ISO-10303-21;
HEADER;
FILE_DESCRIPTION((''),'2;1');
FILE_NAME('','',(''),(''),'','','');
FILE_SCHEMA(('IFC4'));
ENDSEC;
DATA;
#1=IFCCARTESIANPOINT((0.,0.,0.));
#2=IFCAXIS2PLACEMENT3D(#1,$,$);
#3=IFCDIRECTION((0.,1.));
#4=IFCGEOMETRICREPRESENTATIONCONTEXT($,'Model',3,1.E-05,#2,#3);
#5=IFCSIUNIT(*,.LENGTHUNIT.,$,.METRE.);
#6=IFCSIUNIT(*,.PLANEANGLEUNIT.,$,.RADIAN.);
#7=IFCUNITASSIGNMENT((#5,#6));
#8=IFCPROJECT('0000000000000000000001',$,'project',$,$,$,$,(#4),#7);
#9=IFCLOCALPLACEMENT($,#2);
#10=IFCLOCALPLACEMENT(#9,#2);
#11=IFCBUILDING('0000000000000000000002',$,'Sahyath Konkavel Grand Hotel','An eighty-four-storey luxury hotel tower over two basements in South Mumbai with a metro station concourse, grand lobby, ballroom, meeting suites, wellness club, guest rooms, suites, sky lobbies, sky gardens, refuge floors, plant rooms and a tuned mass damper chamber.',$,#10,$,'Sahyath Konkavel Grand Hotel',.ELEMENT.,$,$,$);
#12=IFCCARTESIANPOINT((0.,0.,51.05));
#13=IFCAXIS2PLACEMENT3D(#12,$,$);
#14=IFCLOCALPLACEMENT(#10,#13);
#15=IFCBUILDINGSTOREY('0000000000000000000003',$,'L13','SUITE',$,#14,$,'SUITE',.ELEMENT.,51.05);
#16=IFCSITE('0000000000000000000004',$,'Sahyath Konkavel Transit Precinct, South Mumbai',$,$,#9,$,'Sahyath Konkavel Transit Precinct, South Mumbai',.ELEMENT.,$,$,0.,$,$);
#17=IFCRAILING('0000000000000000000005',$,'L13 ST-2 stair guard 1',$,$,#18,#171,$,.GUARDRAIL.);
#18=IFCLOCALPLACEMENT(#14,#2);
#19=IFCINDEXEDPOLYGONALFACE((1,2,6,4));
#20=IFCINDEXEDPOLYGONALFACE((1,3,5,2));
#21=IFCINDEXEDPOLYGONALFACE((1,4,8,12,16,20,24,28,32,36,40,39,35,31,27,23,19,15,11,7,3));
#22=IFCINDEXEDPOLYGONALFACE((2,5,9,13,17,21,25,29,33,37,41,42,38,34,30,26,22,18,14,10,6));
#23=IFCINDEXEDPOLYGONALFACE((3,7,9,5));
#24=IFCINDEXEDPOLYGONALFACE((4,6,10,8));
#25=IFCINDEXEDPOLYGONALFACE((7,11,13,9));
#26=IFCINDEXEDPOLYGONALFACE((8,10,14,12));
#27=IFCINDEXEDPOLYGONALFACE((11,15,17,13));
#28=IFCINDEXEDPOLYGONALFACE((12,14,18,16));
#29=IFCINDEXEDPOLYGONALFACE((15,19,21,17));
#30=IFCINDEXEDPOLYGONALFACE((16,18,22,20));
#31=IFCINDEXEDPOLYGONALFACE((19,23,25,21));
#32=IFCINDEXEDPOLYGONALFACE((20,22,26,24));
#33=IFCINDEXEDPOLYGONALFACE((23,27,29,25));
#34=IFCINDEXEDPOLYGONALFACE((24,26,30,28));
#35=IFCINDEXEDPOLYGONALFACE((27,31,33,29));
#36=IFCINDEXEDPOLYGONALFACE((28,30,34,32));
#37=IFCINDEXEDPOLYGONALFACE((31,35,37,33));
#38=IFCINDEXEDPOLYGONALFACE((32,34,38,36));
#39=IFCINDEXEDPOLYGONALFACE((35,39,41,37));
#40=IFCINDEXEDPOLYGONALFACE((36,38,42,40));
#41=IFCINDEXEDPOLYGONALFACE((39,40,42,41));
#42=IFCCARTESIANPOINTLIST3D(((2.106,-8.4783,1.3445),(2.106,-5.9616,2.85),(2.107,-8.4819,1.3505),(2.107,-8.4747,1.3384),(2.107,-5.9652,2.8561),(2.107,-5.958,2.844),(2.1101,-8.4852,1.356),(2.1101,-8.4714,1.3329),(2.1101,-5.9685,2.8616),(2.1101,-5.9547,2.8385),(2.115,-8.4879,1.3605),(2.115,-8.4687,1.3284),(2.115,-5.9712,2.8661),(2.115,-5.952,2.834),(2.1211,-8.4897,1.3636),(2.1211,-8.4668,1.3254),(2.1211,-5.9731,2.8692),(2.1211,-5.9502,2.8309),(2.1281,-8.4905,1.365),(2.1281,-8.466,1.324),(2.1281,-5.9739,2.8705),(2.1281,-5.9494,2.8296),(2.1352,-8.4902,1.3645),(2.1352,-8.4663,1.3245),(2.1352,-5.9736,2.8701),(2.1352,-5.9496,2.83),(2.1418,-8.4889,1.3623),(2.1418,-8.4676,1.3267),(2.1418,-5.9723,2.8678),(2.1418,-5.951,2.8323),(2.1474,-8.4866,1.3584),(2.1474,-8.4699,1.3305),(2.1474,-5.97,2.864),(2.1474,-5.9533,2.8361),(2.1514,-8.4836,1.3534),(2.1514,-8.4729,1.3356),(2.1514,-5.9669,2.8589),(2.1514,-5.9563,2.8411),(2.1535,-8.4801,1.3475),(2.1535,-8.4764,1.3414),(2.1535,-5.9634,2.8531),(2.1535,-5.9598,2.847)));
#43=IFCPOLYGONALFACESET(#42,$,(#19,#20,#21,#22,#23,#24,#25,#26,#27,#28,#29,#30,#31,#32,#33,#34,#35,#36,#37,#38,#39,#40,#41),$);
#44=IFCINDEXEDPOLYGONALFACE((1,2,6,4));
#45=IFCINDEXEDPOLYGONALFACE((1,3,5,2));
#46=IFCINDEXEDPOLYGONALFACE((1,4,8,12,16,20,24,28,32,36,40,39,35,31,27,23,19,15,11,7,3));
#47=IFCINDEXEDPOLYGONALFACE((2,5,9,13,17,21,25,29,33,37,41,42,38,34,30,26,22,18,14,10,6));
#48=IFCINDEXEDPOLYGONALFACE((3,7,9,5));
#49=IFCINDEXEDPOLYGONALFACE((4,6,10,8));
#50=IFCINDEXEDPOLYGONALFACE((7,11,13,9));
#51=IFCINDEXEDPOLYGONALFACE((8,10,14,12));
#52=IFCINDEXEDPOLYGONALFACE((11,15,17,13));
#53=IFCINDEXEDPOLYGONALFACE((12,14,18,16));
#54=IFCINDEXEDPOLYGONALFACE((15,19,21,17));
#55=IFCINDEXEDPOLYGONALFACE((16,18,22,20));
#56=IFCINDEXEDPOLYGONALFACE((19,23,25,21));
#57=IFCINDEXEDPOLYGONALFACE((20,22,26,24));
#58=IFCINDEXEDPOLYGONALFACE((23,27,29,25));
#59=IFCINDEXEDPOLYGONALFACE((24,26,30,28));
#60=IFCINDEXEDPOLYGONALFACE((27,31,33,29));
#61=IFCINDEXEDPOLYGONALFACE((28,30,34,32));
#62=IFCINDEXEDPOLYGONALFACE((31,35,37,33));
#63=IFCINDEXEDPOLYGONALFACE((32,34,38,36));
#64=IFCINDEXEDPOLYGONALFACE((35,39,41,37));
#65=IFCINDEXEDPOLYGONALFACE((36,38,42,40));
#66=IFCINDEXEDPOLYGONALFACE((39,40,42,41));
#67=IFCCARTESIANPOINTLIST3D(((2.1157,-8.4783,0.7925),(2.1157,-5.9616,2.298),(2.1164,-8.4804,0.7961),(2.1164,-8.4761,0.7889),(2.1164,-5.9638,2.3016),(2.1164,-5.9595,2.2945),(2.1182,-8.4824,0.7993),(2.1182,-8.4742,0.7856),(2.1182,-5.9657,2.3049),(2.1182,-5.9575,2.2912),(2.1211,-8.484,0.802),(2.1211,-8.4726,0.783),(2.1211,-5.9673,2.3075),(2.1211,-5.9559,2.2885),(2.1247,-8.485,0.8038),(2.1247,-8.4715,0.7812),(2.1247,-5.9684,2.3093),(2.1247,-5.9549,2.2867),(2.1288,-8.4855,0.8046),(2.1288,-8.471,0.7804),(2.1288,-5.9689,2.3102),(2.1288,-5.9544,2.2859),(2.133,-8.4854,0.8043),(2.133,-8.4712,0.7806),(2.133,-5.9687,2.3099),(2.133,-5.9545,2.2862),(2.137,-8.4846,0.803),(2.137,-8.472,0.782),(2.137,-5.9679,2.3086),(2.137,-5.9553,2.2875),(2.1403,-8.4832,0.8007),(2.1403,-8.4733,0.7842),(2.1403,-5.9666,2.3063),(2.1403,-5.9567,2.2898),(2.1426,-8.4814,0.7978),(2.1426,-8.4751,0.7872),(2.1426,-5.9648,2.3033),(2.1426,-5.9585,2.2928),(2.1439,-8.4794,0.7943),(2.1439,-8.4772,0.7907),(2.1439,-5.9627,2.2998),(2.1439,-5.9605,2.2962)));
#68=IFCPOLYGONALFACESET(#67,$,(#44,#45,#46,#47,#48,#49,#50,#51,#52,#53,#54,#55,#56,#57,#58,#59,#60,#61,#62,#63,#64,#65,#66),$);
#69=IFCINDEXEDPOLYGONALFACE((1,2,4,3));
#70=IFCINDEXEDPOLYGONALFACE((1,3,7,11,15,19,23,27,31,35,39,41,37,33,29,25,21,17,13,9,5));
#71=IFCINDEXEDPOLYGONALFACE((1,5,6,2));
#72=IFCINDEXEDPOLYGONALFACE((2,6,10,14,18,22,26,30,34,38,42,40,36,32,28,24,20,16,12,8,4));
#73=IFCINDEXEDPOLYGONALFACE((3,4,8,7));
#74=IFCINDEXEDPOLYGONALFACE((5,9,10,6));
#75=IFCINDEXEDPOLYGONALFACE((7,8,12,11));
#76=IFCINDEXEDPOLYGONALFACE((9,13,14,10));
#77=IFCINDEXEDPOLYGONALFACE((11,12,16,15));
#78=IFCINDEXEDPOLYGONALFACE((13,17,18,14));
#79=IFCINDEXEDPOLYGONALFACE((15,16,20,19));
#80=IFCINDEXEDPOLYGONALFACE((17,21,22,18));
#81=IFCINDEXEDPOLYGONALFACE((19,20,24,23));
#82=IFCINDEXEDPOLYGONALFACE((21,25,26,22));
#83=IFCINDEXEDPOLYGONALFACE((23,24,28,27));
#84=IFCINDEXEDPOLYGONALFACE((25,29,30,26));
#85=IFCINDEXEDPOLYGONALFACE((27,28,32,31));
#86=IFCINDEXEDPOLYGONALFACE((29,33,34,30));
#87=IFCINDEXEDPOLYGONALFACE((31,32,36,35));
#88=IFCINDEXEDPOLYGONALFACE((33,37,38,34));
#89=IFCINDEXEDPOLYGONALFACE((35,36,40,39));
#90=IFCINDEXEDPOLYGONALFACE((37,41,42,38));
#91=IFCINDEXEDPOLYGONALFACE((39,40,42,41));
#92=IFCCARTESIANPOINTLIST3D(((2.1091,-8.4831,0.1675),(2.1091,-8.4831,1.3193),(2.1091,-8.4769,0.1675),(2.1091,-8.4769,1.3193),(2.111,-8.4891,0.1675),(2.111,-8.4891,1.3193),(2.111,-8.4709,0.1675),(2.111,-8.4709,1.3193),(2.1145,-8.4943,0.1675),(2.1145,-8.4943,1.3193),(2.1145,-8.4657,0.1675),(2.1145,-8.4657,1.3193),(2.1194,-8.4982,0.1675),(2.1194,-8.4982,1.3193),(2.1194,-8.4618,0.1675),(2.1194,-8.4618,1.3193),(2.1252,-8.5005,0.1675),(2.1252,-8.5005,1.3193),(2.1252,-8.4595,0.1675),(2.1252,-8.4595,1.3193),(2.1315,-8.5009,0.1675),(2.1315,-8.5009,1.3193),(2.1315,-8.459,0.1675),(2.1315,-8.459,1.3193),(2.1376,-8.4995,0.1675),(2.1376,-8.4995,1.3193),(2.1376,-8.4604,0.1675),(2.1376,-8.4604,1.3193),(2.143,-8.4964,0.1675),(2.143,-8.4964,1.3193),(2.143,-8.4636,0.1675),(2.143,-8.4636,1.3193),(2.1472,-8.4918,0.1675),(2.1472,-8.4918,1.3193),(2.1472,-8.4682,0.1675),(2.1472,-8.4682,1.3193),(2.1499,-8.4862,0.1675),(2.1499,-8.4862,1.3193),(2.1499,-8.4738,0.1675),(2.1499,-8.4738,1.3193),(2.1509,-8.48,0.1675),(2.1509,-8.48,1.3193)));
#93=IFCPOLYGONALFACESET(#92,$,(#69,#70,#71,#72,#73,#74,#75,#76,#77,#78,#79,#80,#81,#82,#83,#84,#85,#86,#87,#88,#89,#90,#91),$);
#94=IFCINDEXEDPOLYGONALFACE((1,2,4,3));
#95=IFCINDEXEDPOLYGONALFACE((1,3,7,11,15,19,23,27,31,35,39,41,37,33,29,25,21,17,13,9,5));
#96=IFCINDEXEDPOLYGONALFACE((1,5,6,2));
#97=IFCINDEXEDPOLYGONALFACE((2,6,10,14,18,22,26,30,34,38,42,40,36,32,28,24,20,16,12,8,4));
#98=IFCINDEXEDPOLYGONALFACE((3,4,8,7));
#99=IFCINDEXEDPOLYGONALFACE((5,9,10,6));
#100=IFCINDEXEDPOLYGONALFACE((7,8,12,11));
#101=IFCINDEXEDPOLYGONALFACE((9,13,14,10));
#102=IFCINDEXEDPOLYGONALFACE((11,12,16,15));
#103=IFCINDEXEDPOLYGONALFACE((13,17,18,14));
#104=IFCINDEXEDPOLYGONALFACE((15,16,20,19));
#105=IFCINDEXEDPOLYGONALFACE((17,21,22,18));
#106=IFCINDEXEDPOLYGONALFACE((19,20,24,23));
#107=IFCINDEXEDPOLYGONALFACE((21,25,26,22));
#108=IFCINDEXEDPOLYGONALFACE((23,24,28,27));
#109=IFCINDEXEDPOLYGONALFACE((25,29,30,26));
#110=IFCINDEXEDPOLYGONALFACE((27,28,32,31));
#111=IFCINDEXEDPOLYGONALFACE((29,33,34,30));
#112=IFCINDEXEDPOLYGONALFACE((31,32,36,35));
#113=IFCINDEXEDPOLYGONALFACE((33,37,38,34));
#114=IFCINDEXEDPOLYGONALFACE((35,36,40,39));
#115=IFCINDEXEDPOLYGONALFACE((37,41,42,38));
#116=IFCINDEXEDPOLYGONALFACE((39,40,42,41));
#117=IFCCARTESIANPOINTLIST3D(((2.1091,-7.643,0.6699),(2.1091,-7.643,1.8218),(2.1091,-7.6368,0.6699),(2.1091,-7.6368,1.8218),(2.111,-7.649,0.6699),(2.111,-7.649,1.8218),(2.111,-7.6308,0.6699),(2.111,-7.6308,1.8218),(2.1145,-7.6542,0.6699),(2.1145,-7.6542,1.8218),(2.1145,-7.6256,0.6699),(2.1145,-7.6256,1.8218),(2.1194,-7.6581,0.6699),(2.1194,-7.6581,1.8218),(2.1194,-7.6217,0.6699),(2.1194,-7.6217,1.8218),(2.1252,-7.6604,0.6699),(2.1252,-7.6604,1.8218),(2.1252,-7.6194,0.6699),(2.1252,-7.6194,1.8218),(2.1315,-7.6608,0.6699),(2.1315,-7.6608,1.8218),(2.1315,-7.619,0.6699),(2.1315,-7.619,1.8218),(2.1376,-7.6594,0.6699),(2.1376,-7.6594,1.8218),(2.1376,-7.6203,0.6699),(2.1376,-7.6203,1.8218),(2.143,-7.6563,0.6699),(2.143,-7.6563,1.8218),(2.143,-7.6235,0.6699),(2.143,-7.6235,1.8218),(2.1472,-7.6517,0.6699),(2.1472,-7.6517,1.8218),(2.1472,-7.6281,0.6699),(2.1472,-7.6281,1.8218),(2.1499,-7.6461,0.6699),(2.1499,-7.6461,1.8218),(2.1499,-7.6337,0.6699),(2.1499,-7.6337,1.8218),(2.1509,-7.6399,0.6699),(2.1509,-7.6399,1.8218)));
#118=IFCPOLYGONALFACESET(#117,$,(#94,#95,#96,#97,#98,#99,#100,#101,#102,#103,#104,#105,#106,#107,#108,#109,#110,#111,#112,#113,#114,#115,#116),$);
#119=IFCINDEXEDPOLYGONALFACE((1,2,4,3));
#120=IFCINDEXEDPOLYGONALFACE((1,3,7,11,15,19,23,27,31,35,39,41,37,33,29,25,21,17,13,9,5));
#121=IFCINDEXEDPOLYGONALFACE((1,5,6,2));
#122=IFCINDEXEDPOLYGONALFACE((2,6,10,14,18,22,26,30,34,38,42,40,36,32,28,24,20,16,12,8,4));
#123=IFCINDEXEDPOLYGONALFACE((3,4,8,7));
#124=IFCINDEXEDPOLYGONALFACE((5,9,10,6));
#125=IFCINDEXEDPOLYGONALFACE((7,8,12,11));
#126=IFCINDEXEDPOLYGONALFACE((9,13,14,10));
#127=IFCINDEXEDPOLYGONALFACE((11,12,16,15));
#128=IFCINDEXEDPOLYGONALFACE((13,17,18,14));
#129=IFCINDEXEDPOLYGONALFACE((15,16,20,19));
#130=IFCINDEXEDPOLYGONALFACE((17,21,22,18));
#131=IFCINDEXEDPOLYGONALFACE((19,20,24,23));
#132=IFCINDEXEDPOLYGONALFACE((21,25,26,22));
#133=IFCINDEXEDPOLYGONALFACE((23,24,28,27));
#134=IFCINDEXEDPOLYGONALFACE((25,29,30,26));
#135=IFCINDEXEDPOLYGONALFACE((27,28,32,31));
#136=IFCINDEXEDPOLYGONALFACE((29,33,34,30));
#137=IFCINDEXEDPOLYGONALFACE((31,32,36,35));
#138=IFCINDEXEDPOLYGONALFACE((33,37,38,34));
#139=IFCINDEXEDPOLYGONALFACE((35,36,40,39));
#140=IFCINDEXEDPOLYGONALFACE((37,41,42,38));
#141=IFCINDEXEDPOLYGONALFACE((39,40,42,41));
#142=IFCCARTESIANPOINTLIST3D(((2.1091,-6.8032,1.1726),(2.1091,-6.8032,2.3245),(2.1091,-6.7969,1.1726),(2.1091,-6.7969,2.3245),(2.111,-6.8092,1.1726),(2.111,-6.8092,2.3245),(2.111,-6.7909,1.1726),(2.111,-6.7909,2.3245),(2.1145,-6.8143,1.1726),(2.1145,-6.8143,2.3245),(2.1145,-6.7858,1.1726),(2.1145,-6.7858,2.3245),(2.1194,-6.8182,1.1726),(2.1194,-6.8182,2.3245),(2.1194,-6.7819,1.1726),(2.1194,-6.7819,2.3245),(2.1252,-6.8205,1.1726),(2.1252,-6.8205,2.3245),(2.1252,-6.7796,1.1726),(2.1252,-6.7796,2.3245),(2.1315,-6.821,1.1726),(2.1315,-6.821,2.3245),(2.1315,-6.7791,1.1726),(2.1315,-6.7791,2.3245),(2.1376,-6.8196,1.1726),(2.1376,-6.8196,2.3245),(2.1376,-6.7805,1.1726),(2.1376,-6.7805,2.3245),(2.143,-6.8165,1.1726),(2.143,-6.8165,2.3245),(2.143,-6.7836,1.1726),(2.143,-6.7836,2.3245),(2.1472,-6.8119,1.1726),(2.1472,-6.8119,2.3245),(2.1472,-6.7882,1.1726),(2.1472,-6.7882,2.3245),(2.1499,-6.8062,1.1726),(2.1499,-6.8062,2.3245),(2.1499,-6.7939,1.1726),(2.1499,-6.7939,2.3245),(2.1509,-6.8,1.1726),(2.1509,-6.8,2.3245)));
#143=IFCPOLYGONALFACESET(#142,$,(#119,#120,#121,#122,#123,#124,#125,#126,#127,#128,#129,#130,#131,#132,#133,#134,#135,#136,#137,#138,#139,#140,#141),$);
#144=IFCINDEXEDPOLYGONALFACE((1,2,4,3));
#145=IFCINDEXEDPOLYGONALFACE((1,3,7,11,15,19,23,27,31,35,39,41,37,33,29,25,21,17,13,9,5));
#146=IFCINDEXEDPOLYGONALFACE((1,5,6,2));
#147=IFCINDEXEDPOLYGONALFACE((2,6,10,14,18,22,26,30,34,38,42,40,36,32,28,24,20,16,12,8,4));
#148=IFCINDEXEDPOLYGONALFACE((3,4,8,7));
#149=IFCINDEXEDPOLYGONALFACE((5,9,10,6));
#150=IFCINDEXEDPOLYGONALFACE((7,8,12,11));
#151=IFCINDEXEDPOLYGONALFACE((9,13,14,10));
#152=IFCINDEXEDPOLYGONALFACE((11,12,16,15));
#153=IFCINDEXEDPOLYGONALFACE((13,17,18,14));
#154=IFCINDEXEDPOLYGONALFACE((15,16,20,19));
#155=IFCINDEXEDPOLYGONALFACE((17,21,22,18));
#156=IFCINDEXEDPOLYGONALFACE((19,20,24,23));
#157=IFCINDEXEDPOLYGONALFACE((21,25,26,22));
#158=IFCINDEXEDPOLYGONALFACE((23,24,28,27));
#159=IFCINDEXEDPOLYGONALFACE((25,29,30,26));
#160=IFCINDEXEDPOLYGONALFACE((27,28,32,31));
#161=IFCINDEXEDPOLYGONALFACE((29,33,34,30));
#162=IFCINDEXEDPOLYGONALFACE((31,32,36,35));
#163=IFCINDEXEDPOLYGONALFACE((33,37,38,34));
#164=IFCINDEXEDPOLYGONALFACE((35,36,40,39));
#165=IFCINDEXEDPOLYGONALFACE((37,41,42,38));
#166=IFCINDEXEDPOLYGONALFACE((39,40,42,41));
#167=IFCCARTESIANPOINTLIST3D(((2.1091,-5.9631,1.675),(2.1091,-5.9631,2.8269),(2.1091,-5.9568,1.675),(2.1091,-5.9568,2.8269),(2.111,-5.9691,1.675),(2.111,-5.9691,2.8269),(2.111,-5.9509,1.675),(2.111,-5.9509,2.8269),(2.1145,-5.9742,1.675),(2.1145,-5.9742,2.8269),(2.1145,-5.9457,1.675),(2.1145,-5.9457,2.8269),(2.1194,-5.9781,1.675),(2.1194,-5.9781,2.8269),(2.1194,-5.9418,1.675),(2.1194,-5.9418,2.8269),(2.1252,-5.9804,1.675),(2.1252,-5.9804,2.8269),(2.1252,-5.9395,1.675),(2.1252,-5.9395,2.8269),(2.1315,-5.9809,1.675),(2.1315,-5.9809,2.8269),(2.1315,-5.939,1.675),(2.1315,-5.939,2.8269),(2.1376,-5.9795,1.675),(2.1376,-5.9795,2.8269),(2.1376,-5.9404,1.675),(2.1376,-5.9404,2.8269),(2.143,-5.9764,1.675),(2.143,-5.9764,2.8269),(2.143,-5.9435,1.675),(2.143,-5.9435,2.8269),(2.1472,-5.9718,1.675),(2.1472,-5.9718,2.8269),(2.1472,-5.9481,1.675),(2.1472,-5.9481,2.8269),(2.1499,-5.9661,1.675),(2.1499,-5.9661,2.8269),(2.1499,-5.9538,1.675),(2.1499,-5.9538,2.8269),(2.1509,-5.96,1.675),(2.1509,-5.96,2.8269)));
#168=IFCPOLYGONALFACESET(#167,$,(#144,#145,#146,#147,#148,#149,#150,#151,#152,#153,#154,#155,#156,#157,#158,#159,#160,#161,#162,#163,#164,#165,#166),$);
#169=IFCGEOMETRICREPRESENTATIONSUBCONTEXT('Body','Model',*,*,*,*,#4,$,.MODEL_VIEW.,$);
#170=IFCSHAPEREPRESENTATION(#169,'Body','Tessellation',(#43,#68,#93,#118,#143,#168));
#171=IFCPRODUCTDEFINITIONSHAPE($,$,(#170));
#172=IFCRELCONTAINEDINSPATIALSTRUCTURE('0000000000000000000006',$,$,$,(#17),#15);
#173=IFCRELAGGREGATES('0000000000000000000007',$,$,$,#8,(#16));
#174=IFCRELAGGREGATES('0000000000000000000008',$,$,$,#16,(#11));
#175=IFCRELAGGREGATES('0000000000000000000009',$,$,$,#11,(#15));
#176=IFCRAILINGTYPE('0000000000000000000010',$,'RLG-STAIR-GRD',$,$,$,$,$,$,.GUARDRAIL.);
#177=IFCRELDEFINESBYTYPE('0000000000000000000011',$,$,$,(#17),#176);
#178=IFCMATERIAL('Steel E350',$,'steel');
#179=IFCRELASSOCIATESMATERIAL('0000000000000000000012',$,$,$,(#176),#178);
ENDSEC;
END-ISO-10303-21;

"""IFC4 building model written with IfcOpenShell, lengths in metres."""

from ifc_helpers import new_model, si_unit, direction, frame, origin, origin_2d, place, context, subcontext, project, spatial, circle, extrude, material, type_object, element, save


model = new_model("IFC4")

# Units and contexts
model_context = context("Model", 3, precision=1e-05, world=origin(), true_north=direction((0.0, 1.0)))
body_context = subcontext(model_context, "Body", "Model", "MODEL_VIEW")
ifc_project = project(units=[si_unit("LENGTHUNIT", "METRE"), si_unit("PLANEANGLEUNIT", "RADIAN")], contexts=[model_context])

# Site, building, storey
site_placement = place(None, origin())
site = spatial("IfcSite", under=ifc_project, at=site_placement, Name="Sahyath Konkavel Transit Precinct, South Mumbai", LongName="Sahyath Konkavel Transit Precinct, South Mumbai", CompositionType="ELEMENT", RefElevation=0.0)
building_placement = place(site_placement, origin())
building = spatial("IfcBuilding", under=site, at=building_placement, Name="Sahyath Konkavel Grand Hotel", Description="An eighty-four-storey luxury hotel tower over two basements in South Mumbai with a metro station concourse, grand lobby, ballroom, meeting suites, wellness club, guest rooms, suites, sky lobbies, sky gardens, refuge floors, plant rooms and a tuned mass damper chamber.", LongName="Sahyath Konkavel Grand Hotel", CompositionType="ELEMENT")
storey_placement = place(building_placement, frame((0.0, 0.0, 51.05)))
storey = spatial("IfcBuildingStorey", under=building, at=storey_placement, Name="L13", Description="SUITE", LongName="SUITE", CompositionType="ELEMENT", Elevation=51.05)

# Shared definitions
ifc_material_1 = material(Name="Steel E350", Category="steel")

# Railing
railing_type_1 = type_object("IfcRailingType", Name="RLG-STAIR-GRD", PredefinedType="GUARDRAIL", material=ifc_material_1)
railing_1_placement = place(storey_placement, frame((2.1299, -8.48, 0.1675)))
element("IfcRailing", 1, at=railing_1_placement, inside=storey, type_object=railing_type_1, Name="L13 ST-2 stair guard 1", PredefinedType="GUARDRAIL", context=body_context, shape_type="SweptSolid", body=[
    extrude(circle(Radius=0.0239, at=origin_2d()), frame((0.0, 0.0017, 1.177), z_axis=(0.0, 0.85816, 0.513383), x_axis=(-1.0, 0.0, 0.0)), (0.0, 0.0, 1.0), 2.9326),
    extrude(circle(Radius=0.0142, at=origin_2d()), frame((0.0, 0.0017, 0.625), z_axis=(0.0, 0.85816, 0.513383), x_axis=(-1.0, 0.0, 0.0)), (0.0, 0.0, 1.0), 2.9326),
    extrude(circle(Radius=0.021, at=origin_2d()), origin(), (0.0, 0.0, 1.0), 1.1519),
    extrude(circle(Radius=0.021, at=origin_2d()), frame((0.0, 0.8401, 0.5024)), (0.0, 0.0, 1.0), 1.1519),
    extrude(circle(Radius=0.021, at=origin_2d()), frame((0.0, 1.6799, 1.0051)), (0.0, 0.0, 1.0), 1.1519),
    extrude(circle(Radius=0.021, at=origin_2d()), frame((0.0, 2.52, 1.5076)), (0.0, 0.0, 1.0), 1.1519),
])

save(model, "model.ifc")
